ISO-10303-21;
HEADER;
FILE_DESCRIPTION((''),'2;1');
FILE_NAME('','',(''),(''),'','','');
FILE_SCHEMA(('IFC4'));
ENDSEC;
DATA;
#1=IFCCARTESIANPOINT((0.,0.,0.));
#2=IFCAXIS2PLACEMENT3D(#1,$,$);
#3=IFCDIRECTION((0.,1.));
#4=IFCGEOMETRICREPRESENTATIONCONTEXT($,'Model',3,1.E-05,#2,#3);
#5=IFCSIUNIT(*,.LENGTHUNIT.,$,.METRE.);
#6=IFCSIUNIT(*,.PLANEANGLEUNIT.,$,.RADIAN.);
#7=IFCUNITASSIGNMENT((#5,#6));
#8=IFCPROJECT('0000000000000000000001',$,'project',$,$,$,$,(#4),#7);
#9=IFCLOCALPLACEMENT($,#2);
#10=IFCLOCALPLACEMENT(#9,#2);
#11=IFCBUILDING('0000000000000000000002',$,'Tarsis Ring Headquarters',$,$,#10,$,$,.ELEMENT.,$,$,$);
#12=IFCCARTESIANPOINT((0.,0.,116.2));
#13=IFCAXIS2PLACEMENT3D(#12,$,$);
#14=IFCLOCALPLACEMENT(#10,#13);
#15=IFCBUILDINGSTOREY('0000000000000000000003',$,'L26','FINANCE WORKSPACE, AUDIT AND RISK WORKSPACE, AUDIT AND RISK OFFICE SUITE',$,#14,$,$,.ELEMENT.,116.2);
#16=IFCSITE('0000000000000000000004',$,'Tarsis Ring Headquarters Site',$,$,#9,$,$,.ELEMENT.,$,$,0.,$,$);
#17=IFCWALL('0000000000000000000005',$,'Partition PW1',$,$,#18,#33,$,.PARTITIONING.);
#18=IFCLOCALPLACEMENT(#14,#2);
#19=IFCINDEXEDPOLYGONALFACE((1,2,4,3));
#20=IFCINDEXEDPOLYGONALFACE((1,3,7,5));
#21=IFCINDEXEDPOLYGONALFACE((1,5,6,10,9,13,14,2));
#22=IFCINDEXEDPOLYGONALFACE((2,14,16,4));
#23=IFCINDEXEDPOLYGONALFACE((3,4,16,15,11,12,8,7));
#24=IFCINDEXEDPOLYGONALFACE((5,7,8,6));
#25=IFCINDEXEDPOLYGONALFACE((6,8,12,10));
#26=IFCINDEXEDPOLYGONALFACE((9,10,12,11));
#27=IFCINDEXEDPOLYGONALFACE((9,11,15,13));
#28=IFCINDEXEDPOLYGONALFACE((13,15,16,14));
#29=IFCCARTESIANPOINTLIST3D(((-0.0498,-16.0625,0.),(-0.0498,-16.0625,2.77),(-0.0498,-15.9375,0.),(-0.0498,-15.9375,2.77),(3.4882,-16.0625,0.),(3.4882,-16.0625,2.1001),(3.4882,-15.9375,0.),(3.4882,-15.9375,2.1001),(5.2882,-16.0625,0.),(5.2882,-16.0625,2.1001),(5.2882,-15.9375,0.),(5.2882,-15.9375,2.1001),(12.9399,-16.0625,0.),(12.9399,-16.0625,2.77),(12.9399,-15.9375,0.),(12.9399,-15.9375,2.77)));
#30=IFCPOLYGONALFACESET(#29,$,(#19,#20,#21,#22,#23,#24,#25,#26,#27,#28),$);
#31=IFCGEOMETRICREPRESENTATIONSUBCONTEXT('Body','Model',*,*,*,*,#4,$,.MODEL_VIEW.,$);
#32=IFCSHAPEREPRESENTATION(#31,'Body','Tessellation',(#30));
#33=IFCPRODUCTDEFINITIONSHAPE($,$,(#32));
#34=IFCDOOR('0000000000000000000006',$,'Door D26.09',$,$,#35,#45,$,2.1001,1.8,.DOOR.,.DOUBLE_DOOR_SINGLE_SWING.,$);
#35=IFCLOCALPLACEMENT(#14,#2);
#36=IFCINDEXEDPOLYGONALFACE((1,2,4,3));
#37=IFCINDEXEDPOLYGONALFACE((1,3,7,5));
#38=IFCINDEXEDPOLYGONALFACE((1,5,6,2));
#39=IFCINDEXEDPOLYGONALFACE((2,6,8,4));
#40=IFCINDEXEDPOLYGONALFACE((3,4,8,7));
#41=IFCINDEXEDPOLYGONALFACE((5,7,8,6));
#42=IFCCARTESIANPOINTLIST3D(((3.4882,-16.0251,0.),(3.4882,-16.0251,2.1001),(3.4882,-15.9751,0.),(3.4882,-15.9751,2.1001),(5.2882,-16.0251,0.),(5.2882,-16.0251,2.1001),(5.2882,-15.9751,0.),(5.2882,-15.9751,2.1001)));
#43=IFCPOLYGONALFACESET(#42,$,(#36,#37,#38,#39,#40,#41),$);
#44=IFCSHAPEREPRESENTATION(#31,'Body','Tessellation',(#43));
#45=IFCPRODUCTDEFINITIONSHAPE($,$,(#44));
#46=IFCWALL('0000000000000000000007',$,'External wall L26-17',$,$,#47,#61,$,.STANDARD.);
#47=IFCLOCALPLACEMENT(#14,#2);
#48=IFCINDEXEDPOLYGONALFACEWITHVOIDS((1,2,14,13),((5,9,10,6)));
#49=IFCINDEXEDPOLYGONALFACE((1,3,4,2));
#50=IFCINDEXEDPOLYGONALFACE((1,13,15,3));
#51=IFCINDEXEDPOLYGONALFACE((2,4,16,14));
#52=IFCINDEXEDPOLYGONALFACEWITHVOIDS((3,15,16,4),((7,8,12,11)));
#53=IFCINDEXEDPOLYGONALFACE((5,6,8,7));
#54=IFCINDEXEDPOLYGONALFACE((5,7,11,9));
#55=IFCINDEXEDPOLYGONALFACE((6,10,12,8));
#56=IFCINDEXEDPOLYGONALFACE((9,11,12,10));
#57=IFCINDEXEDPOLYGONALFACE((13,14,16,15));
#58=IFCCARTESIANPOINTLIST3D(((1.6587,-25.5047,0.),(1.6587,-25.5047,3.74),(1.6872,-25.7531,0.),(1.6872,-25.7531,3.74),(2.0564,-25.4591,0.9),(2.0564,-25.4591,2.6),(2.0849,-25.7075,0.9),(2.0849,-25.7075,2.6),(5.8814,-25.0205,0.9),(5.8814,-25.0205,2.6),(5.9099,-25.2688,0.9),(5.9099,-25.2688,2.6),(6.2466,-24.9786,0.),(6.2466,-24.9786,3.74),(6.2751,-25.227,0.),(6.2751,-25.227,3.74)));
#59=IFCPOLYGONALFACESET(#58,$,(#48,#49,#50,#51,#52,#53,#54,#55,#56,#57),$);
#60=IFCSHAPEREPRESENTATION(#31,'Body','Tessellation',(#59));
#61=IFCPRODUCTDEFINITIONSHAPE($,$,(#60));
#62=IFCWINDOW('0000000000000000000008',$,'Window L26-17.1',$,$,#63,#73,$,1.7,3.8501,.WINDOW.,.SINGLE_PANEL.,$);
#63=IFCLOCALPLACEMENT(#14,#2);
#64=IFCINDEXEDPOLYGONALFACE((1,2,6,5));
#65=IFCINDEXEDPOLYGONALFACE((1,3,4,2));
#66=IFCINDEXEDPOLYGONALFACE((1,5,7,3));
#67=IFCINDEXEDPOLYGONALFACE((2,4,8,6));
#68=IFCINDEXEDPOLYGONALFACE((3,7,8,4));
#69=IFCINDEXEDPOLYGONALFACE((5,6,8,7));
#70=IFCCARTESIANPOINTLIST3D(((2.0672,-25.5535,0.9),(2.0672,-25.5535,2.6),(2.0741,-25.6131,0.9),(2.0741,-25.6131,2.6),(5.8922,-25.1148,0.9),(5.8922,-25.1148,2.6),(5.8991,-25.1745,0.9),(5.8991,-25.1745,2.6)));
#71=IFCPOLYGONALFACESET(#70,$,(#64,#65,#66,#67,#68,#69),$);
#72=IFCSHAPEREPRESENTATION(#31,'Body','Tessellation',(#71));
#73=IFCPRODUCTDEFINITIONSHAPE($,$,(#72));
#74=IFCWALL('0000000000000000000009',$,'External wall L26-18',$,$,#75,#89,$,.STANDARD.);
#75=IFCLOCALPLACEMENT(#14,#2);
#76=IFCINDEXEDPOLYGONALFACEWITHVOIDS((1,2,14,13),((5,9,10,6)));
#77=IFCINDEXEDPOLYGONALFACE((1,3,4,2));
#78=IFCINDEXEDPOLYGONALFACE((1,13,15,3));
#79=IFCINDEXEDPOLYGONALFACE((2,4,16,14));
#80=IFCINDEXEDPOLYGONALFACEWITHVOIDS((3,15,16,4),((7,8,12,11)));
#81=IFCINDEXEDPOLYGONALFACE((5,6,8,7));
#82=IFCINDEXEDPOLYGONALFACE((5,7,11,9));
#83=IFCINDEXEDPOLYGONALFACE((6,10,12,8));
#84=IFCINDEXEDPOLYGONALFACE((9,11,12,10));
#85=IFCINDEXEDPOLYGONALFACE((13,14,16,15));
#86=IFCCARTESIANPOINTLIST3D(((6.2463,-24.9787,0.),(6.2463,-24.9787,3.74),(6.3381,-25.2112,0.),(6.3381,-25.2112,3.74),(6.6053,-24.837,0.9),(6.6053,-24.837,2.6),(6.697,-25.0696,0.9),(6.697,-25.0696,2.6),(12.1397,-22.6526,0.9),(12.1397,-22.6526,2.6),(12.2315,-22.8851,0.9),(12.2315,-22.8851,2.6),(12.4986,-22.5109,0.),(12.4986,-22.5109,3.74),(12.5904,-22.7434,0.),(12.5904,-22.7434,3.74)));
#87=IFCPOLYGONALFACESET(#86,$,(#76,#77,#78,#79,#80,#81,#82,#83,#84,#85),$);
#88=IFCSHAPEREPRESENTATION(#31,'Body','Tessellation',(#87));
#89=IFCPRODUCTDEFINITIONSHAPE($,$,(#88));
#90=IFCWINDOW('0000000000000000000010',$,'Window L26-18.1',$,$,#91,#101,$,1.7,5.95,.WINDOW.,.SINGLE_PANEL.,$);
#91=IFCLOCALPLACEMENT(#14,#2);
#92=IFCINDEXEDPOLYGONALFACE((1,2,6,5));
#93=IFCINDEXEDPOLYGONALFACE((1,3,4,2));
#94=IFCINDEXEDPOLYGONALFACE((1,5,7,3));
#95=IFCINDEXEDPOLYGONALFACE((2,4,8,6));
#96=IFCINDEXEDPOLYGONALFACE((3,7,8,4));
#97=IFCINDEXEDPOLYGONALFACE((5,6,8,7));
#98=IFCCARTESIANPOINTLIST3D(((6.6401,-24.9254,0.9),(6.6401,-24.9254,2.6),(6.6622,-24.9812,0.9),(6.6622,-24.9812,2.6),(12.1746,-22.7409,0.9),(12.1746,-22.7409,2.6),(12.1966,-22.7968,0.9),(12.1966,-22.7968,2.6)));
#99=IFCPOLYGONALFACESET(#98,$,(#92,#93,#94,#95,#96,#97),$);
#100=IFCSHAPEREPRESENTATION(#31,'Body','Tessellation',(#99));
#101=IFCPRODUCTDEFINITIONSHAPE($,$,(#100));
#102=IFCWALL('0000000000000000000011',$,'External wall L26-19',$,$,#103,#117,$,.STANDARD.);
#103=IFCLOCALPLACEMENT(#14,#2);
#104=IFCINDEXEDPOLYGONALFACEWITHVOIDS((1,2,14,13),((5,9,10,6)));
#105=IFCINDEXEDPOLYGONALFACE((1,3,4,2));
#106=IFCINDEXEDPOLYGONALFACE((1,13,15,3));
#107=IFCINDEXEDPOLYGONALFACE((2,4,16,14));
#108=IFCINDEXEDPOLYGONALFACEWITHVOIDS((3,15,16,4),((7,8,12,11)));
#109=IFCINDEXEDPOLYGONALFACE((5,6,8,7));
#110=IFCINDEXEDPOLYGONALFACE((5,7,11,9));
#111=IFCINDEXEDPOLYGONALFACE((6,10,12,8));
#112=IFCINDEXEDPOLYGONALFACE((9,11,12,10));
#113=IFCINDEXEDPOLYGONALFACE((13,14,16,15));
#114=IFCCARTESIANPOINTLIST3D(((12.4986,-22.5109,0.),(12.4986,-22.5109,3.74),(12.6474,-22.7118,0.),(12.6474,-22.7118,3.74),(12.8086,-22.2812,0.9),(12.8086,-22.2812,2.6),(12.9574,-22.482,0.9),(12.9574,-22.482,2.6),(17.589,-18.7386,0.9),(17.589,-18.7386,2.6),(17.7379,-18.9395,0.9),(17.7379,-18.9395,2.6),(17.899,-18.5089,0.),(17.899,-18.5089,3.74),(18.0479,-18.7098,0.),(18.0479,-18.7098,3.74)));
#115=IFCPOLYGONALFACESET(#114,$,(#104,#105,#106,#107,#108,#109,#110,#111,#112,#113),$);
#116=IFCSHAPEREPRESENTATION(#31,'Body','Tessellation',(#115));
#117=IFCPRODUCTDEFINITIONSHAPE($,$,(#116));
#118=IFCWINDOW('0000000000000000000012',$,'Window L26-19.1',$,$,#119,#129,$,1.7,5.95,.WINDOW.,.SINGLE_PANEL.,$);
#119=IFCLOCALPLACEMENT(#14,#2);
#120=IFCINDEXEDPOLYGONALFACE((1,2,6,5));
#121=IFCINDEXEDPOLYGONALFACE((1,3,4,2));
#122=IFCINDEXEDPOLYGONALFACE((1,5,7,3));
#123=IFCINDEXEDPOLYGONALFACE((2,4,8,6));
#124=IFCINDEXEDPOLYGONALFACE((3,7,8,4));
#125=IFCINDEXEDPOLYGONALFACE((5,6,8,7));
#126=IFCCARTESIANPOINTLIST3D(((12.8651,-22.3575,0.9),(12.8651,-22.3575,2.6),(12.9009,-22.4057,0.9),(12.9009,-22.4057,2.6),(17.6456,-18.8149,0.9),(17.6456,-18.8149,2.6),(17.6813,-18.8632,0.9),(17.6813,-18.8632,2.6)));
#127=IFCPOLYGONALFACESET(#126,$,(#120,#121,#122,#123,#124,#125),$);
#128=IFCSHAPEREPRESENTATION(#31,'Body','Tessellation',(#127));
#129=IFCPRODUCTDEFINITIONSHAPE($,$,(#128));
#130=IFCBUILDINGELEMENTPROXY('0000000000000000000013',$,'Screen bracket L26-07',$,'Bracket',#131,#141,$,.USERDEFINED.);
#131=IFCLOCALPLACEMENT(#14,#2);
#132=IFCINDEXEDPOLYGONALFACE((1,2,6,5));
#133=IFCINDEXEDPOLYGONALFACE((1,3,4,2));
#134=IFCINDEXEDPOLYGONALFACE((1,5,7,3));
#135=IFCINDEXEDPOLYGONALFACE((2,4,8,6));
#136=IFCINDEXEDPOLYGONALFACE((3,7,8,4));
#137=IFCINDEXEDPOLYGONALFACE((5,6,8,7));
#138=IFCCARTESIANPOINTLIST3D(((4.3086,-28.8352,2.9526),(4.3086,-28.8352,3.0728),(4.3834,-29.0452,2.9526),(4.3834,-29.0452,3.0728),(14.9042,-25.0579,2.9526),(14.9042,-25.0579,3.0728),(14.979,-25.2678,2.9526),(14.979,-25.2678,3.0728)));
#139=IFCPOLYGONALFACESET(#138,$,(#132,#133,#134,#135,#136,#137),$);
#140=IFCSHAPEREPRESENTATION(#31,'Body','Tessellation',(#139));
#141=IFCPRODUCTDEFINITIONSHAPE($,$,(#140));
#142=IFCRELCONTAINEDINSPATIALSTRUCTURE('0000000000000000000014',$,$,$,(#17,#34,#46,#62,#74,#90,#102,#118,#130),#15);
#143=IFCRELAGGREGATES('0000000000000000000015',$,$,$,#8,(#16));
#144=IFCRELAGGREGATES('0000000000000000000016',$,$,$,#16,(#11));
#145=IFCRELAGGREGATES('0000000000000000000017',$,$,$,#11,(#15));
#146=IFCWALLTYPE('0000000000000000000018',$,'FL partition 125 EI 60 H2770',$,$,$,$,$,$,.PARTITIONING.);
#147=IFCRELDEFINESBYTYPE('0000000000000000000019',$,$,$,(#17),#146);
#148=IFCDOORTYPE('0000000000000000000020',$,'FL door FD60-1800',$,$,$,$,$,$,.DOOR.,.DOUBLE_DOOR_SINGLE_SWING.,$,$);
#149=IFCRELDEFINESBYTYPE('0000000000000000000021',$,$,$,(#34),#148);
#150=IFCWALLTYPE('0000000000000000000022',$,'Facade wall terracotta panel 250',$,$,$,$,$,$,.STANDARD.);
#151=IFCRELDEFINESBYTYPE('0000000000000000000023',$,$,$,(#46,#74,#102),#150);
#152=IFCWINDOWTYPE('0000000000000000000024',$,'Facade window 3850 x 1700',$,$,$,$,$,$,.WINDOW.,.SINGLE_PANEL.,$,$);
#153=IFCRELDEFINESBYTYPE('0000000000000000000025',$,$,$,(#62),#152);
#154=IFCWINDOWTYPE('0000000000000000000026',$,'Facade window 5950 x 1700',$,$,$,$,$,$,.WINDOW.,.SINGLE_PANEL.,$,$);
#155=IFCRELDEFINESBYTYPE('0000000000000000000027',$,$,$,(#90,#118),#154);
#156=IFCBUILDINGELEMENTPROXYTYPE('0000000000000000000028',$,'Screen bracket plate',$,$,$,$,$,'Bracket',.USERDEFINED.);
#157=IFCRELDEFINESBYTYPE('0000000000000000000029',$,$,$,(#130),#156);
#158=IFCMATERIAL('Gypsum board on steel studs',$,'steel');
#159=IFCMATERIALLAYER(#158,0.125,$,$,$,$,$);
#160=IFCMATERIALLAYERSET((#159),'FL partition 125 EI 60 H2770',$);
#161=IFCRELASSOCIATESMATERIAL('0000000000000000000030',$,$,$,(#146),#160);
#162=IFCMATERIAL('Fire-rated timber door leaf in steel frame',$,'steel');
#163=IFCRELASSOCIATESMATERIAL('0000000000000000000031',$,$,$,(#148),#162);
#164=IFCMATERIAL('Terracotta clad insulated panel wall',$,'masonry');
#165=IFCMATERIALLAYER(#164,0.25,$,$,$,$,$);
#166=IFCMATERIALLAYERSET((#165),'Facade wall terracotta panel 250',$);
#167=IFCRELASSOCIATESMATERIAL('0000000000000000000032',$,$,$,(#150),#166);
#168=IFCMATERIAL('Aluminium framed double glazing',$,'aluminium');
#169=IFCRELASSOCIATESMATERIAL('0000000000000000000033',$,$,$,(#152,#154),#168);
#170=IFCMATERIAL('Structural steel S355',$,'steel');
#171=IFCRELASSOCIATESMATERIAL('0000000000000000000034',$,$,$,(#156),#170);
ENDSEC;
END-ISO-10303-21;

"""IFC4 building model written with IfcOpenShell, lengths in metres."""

from ifc_helpers import new_model, si_unit, direction, frame, frame_2d, origin, origin_2d, place, context, subcontext, project, spatial, rectangle, extrude, material, layer, layer_set, type_object, element, fill, save


model = new_model("IFC4")

# Units and contexts
model_context = context("Model", 3, precision=1e-05, world=origin(), true_north=direction((0.0, 1.0)))
body_context = subcontext(model_context, "Body", "Model", "MODEL_VIEW")
ifc_project = project(units=[si_unit("LENGTHUNIT", "METRE"), si_unit("PLANEANGLEUNIT", "RADIAN")], contexts=[model_context])

# Site, building, storey
site_placement = place(None, origin())
site = spatial("IfcSite", under=ifc_project, at=site_placement, Name="Tarsis Ring Headquarters Site", CompositionType="ELEMENT", RefElevation=0.0)
building_placement = place(site_placement, origin())
building = spatial("IfcBuilding", under=site, at=building_placement, Name="Tarsis Ring Headquarters", CompositionType="ELEMENT")
storey_placement = place(building_placement, frame((0.0, 0.0, 116.2)))
storey = spatial("IfcBuildingStorey", under=building, at=storey_placement, Name="L26", Description="FINANCE WORKSPACE, AUDIT AND RISK WORKSPACE, AUDIT AND RISK OFFICE SUITE", CompositionType="ELEMENT", Elevation=116.2)

# Shared definitions
ifc_material_1 = material(Name="Structural steel S355", Category="steel")

# Shared definitions
ifc_material_2 = material(Name="Gypsum board on steel studs", Category="steel")

# Wall, opening, door
ifc_layer_1 = layer(ifc_material_2, 0.125)
ifc_layer_set_1 = layer_set([ifc_layer_1], Name="FL partition 125 EI 60 H2770")
wall_type_1 = type_object("IfcWallType", Name="FL partition 125 EI 60 H2770", PredefinedType="PARTITIONING", material=ifc_layer_set_1)
wall_1_placement = place(storey_placement, frame((-0.0498, -16.0, 0.0), z_axis=(0.0, 0.0, 1.0), x_axis=(1.0, 0.0, 0.0)))
wall_1 = element("IfcWall", 1, at=wall_1_placement, inside=storey, type_object=wall_type_1, Name="Partition PW1", PredefinedType="PARTITIONING", context=body_context, shape_type="SweptSolid", body=[
    extrude(rectangle(XDim=12.9897, YDim=0.125, at=frame_2d((6.4949, 0.0))), origin(), (0.0, 0.0, 1.0), 2.77),
])
opening_1_placement = place(wall_1_placement, frame((3.5381, 0.0, 0.0)))
opening_1 = element("IfcOpeningElement", 2, at=opening_1_placement, cuts=wall_1, PredefinedType="OPENING", context=body_context, shape_type="SweptSolid", body=[
    extrude(rectangle(XDim=1.8, YDim=2.1001, at=frame_2d((0.8999, 1.05))), frame((0.0, 0.0725, 0.0), z_axis=(0.0, -1.0, 0.0), x_axis=(1.0, 0.0, 0.0)), (0.0, 0.0, 1.0), 0.145),
])
ifc_material_3 = material(Name="Fire-rated timber door leaf in steel frame", Category="steel")
door_type_1 = type_object("IfcDoorType", Name="FL door FD60-1800", OperationType="DOUBLE_DOOR_SINGLE_SWING", PredefinedType="DOOR", material=ifc_material_3)
door_1_placement = place(opening_1_placement, origin())
door_1 = element("IfcDoor", 3, at=door_1_placement, inside=storey, type_object=door_type_1, Name="Door D26.09", OperationType="DOUBLE_DOOR_SINGLE_SWING", OverallHeight=2.1001, OverallWidth=1.8, PredefinedType="DOOR", context=body_context, shape_type="SweptSolid", body=[
    extrude(rectangle(XDim=1.8, YDim=2.1001, at=frame_2d((0.8999, 1.05))), frame((0.0, 0.0249, 0.0), z_axis=(0.0, -1.0, 0.0), x_axis=(1.0, 0.0, 0.0)), (0.0, 0.0, 1.0), 0.05),
])
fill(opening_1, door_1)

# Walls, openings, windows
ifc_material_4 = material(Name="Terracotta clad insulated panel wall", Category="masonry")
ifc_layer_2 = layer(ifc_material_4, 0.25)
ifc_layer_set_2 = layer_set([ifc_layer_2], Name="Facade wall terracotta panel 250")
wall_type_2 = type_object("IfcWallType", Name="Facade wall terracotta panel 250", PredefinedType="STANDARD", material=ifc_layer_set_2)
wall_2_placement = place(storey_placement, frame((1.6729, -25.6289, 0.0), z_axis=(0.0, 0.0, 1.0), x_axis=(0.993489, 0.11393, 0.0)))
wall_2 = element("IfcWall", 4, at=wall_2_placement, inside=storey, type_object=wall_type_2, Name="External wall L26-17", PredefinedType="STANDARD", context=body_context, shape_type="SweptSolid", body=[
    extrude(rectangle(XDim=4.6179, YDim=0.25, at=frame_2d((2.3091, 0.0))), origin(), (0.0, 0.0, 1.0), 3.74),
])
opening_2_placement = place(wall_2_placement, frame((0.4004, 0.0, 0.8999)))
opening_2 = element("IfcOpeningElement", 5, at=opening_2_placement, cuts=wall_2, PredefinedType="OPENING", context=body_context, shape_type="SweptSolid", body=[
    extrude(rectangle(XDim=3.8501, YDim=1.7, at=frame_2d((1.925, 0.8501))), frame((0.0, 0.135, 0.0), z_axis=(0.0, -1.0, 0.0), x_axis=(1.0, 0.0, 0.0)), (0.0, 0.0, 1.0), 0.27),
])
ifc_material_5 = material(Name="Aluminium framed double glazing", Category="aluminium")
window_type_1 = type_object("IfcWindowType", Name="Facade window 3850 x 1700", PartitioningType="SINGLE_PANEL", PredefinedType="WINDOW", material=ifc_material_5)
window_1_placement = place(opening_2_placement, origin())
window_1 = element("IfcWindow", 6, at=window_1_placement, inside=storey, type_object=window_type_1, Name="Window L26-17.1", OverallHeight=1.7, OverallWidth=3.8501, PartitioningType="SINGLE_PANEL", PredefinedType="WINDOW", context=body_context, shape_type="SweptSolid", body=[
    extrude(rectangle(XDim=3.8501, YDim=1.7, at=frame_2d((1.925, 0.8501))), frame((0.0, 0.03, 0.0), z_axis=(0.0, -1.0, 0.0), x_axis=(1.0, 0.0, 0.0)), (0.0, 0.0, 1.0), 0.0601),
])
fill(opening_2, window_1)
wall_3_placement = place(storey_placement, frame((6.2922, -25.095, 0.0), z_axis=(0.0, 0.0, 1.0), x_axis=(0.930165, 0.367141, 0.0)))
wall_3 = element("IfcWall", 7, at=wall_3_placement, inside=storey, type_object=wall_type_2, Name="External wall L26-18", PredefinedType="STANDARD", context=body_context, shape_type="SweptSolid", body=[
    extrude(rectangle(XDim=6.7217, YDim=0.25, at=frame_2d((3.3608, 0.0))), origin(), (0.0, 0.0, 1.0), 3.74),
])
opening_3_placement = place(wall_3_placement, frame((0.3857, 0.0, 0.8999)))
opening_3 = element("IfcOpeningElement", 8, at=opening_3_placement, cuts=wall_3, PredefinedType="OPENING", context=body_context, shape_type="SweptSolid", body=[
    extrude(rectangle(XDim=5.95, YDim=1.7, at=frame_2d((2.9751, 0.8501))), frame((0.0, 0.135, 0.0), z_axis=(0.0, -1.0, 0.0), x_axis=(1.0, 0.0, 0.0)), (0.0, 0.0, 1.0), 0.27),
])
window_type_2 = type_object("IfcWindowType", Name="Facade window 5950 x 1700", PartitioningType="SINGLE_PANEL", PredefinedType="WINDOW", material=ifc_material_5)
window_2_placement = place(opening_3_placement, origin())
window_2 = element("IfcWindow", 9, at=window_2_placement, inside=storey, type_object=window_type_2, Name="Window L26-18.1", OverallHeight=1.7, OverallWidth=5.95, PartitioningType="SINGLE_PANEL", PredefinedType="WINDOW", context=body_context, shape_type="SweptSolid", body=[
    extrude(rectangle(XDim=5.95, YDim=1.7, at=frame_2d((2.9751, 0.8501))), frame((0.0, 0.03, 0.0), z_axis=(0.0, -1.0, 0.0), x_axis=(1.0, 0.0, 0.0)), (0.0, 0.0, 1.0), 0.0601),
])
fill(opening_3, window_2)
wall_4_placement = place(storey_placement, frame((12.573, -22.6113, 0.0), z_axis=(0.0, 0.0, 1.0), x_axis=(0.803439, 0.595387, 0.0)))
wall_4 = element("IfcWall", 10, at=wall_4_placement, inside=storey, type_object=wall_type_2, Name="External wall L26-19", PredefinedType="STANDARD", context=body_context, shape_type="SweptSolid", body=[
    extrude(rectangle(XDim=6.7217, YDim=0.25, at=frame_2d((3.3608, 0.0))), origin(), (0.0, 0.0, 1.0), 3.74),
])
opening_4_placement = place(wall_4_placement, frame((0.3857, 0.0, 0.8999)))
opening_4 = element("IfcOpeningElement", 11, at=opening_4_placement, cuts=wall_4, PredefinedType="OPENING", context=body_context, shape_type="SweptSolid", body=[
    extrude(rectangle(XDim=5.95, YDim=1.7, at=frame_2d((2.9751, 0.8501))), frame((0.0, 0.135, 0.0), z_axis=(0.0, -1.0, 0.0), x_axis=(1.0, 0.0, 0.0)), (0.0, 0.0, 1.0), 0.27),
])
window_3_placement = place(opening_4_placement, origin())
window_3 = element("IfcWindow", 12, at=window_3_placement, inside=storey, type_object=window_type_2, Name="Window L26-19.1", OverallHeight=1.7, OverallWidth=5.95, PartitioningType="SINGLE_PANEL", PredefinedType="WINDOW", context=body_context, shape_type="SweptSolid", body=[
    extrude(rectangle(XDim=5.95, YDim=1.7, at=frame_2d((2.9751, 0.8501))), frame((0.0, 0.03, 0.0), z_axis=(0.0, -1.0, 0.0), x_axis=(1.0, 0.0, 0.0)), (0.0, 0.0, 1.0), 0.0601),
])
fill(opening_4, window_3)

# Building element proxy
building_element_proxy_type = type_object("IfcBuildingElementProxyType", Name="Screen bracket plate", ElementType="Bracket", PredefinedType="USERDEFINED", material=ifc_material_1)
proxy_placement = place(storey_placement, frame((9.6438, -27.0515, 2.9526), z_axis=(0.0, 0.0, 1.0), x_axis=(0.941933, 0.335801, 0.0)))
element("IfcBuildingElementProxy", 13, at=proxy_placement, inside=storey, type_object=building_element_proxy_type, Name="Screen bracket L26-07", ObjectType="Bracket", PredefinedType="USERDEFINED", context=body_context, shape_type="SweptSolid", body=[
    extrude(rectangle(XDim=11.2488, YDim=0.2229, at=origin_2d()), origin(), (0.0, 0.0, 1.0), 0.1201),
])

save(model, "model.ifc")
